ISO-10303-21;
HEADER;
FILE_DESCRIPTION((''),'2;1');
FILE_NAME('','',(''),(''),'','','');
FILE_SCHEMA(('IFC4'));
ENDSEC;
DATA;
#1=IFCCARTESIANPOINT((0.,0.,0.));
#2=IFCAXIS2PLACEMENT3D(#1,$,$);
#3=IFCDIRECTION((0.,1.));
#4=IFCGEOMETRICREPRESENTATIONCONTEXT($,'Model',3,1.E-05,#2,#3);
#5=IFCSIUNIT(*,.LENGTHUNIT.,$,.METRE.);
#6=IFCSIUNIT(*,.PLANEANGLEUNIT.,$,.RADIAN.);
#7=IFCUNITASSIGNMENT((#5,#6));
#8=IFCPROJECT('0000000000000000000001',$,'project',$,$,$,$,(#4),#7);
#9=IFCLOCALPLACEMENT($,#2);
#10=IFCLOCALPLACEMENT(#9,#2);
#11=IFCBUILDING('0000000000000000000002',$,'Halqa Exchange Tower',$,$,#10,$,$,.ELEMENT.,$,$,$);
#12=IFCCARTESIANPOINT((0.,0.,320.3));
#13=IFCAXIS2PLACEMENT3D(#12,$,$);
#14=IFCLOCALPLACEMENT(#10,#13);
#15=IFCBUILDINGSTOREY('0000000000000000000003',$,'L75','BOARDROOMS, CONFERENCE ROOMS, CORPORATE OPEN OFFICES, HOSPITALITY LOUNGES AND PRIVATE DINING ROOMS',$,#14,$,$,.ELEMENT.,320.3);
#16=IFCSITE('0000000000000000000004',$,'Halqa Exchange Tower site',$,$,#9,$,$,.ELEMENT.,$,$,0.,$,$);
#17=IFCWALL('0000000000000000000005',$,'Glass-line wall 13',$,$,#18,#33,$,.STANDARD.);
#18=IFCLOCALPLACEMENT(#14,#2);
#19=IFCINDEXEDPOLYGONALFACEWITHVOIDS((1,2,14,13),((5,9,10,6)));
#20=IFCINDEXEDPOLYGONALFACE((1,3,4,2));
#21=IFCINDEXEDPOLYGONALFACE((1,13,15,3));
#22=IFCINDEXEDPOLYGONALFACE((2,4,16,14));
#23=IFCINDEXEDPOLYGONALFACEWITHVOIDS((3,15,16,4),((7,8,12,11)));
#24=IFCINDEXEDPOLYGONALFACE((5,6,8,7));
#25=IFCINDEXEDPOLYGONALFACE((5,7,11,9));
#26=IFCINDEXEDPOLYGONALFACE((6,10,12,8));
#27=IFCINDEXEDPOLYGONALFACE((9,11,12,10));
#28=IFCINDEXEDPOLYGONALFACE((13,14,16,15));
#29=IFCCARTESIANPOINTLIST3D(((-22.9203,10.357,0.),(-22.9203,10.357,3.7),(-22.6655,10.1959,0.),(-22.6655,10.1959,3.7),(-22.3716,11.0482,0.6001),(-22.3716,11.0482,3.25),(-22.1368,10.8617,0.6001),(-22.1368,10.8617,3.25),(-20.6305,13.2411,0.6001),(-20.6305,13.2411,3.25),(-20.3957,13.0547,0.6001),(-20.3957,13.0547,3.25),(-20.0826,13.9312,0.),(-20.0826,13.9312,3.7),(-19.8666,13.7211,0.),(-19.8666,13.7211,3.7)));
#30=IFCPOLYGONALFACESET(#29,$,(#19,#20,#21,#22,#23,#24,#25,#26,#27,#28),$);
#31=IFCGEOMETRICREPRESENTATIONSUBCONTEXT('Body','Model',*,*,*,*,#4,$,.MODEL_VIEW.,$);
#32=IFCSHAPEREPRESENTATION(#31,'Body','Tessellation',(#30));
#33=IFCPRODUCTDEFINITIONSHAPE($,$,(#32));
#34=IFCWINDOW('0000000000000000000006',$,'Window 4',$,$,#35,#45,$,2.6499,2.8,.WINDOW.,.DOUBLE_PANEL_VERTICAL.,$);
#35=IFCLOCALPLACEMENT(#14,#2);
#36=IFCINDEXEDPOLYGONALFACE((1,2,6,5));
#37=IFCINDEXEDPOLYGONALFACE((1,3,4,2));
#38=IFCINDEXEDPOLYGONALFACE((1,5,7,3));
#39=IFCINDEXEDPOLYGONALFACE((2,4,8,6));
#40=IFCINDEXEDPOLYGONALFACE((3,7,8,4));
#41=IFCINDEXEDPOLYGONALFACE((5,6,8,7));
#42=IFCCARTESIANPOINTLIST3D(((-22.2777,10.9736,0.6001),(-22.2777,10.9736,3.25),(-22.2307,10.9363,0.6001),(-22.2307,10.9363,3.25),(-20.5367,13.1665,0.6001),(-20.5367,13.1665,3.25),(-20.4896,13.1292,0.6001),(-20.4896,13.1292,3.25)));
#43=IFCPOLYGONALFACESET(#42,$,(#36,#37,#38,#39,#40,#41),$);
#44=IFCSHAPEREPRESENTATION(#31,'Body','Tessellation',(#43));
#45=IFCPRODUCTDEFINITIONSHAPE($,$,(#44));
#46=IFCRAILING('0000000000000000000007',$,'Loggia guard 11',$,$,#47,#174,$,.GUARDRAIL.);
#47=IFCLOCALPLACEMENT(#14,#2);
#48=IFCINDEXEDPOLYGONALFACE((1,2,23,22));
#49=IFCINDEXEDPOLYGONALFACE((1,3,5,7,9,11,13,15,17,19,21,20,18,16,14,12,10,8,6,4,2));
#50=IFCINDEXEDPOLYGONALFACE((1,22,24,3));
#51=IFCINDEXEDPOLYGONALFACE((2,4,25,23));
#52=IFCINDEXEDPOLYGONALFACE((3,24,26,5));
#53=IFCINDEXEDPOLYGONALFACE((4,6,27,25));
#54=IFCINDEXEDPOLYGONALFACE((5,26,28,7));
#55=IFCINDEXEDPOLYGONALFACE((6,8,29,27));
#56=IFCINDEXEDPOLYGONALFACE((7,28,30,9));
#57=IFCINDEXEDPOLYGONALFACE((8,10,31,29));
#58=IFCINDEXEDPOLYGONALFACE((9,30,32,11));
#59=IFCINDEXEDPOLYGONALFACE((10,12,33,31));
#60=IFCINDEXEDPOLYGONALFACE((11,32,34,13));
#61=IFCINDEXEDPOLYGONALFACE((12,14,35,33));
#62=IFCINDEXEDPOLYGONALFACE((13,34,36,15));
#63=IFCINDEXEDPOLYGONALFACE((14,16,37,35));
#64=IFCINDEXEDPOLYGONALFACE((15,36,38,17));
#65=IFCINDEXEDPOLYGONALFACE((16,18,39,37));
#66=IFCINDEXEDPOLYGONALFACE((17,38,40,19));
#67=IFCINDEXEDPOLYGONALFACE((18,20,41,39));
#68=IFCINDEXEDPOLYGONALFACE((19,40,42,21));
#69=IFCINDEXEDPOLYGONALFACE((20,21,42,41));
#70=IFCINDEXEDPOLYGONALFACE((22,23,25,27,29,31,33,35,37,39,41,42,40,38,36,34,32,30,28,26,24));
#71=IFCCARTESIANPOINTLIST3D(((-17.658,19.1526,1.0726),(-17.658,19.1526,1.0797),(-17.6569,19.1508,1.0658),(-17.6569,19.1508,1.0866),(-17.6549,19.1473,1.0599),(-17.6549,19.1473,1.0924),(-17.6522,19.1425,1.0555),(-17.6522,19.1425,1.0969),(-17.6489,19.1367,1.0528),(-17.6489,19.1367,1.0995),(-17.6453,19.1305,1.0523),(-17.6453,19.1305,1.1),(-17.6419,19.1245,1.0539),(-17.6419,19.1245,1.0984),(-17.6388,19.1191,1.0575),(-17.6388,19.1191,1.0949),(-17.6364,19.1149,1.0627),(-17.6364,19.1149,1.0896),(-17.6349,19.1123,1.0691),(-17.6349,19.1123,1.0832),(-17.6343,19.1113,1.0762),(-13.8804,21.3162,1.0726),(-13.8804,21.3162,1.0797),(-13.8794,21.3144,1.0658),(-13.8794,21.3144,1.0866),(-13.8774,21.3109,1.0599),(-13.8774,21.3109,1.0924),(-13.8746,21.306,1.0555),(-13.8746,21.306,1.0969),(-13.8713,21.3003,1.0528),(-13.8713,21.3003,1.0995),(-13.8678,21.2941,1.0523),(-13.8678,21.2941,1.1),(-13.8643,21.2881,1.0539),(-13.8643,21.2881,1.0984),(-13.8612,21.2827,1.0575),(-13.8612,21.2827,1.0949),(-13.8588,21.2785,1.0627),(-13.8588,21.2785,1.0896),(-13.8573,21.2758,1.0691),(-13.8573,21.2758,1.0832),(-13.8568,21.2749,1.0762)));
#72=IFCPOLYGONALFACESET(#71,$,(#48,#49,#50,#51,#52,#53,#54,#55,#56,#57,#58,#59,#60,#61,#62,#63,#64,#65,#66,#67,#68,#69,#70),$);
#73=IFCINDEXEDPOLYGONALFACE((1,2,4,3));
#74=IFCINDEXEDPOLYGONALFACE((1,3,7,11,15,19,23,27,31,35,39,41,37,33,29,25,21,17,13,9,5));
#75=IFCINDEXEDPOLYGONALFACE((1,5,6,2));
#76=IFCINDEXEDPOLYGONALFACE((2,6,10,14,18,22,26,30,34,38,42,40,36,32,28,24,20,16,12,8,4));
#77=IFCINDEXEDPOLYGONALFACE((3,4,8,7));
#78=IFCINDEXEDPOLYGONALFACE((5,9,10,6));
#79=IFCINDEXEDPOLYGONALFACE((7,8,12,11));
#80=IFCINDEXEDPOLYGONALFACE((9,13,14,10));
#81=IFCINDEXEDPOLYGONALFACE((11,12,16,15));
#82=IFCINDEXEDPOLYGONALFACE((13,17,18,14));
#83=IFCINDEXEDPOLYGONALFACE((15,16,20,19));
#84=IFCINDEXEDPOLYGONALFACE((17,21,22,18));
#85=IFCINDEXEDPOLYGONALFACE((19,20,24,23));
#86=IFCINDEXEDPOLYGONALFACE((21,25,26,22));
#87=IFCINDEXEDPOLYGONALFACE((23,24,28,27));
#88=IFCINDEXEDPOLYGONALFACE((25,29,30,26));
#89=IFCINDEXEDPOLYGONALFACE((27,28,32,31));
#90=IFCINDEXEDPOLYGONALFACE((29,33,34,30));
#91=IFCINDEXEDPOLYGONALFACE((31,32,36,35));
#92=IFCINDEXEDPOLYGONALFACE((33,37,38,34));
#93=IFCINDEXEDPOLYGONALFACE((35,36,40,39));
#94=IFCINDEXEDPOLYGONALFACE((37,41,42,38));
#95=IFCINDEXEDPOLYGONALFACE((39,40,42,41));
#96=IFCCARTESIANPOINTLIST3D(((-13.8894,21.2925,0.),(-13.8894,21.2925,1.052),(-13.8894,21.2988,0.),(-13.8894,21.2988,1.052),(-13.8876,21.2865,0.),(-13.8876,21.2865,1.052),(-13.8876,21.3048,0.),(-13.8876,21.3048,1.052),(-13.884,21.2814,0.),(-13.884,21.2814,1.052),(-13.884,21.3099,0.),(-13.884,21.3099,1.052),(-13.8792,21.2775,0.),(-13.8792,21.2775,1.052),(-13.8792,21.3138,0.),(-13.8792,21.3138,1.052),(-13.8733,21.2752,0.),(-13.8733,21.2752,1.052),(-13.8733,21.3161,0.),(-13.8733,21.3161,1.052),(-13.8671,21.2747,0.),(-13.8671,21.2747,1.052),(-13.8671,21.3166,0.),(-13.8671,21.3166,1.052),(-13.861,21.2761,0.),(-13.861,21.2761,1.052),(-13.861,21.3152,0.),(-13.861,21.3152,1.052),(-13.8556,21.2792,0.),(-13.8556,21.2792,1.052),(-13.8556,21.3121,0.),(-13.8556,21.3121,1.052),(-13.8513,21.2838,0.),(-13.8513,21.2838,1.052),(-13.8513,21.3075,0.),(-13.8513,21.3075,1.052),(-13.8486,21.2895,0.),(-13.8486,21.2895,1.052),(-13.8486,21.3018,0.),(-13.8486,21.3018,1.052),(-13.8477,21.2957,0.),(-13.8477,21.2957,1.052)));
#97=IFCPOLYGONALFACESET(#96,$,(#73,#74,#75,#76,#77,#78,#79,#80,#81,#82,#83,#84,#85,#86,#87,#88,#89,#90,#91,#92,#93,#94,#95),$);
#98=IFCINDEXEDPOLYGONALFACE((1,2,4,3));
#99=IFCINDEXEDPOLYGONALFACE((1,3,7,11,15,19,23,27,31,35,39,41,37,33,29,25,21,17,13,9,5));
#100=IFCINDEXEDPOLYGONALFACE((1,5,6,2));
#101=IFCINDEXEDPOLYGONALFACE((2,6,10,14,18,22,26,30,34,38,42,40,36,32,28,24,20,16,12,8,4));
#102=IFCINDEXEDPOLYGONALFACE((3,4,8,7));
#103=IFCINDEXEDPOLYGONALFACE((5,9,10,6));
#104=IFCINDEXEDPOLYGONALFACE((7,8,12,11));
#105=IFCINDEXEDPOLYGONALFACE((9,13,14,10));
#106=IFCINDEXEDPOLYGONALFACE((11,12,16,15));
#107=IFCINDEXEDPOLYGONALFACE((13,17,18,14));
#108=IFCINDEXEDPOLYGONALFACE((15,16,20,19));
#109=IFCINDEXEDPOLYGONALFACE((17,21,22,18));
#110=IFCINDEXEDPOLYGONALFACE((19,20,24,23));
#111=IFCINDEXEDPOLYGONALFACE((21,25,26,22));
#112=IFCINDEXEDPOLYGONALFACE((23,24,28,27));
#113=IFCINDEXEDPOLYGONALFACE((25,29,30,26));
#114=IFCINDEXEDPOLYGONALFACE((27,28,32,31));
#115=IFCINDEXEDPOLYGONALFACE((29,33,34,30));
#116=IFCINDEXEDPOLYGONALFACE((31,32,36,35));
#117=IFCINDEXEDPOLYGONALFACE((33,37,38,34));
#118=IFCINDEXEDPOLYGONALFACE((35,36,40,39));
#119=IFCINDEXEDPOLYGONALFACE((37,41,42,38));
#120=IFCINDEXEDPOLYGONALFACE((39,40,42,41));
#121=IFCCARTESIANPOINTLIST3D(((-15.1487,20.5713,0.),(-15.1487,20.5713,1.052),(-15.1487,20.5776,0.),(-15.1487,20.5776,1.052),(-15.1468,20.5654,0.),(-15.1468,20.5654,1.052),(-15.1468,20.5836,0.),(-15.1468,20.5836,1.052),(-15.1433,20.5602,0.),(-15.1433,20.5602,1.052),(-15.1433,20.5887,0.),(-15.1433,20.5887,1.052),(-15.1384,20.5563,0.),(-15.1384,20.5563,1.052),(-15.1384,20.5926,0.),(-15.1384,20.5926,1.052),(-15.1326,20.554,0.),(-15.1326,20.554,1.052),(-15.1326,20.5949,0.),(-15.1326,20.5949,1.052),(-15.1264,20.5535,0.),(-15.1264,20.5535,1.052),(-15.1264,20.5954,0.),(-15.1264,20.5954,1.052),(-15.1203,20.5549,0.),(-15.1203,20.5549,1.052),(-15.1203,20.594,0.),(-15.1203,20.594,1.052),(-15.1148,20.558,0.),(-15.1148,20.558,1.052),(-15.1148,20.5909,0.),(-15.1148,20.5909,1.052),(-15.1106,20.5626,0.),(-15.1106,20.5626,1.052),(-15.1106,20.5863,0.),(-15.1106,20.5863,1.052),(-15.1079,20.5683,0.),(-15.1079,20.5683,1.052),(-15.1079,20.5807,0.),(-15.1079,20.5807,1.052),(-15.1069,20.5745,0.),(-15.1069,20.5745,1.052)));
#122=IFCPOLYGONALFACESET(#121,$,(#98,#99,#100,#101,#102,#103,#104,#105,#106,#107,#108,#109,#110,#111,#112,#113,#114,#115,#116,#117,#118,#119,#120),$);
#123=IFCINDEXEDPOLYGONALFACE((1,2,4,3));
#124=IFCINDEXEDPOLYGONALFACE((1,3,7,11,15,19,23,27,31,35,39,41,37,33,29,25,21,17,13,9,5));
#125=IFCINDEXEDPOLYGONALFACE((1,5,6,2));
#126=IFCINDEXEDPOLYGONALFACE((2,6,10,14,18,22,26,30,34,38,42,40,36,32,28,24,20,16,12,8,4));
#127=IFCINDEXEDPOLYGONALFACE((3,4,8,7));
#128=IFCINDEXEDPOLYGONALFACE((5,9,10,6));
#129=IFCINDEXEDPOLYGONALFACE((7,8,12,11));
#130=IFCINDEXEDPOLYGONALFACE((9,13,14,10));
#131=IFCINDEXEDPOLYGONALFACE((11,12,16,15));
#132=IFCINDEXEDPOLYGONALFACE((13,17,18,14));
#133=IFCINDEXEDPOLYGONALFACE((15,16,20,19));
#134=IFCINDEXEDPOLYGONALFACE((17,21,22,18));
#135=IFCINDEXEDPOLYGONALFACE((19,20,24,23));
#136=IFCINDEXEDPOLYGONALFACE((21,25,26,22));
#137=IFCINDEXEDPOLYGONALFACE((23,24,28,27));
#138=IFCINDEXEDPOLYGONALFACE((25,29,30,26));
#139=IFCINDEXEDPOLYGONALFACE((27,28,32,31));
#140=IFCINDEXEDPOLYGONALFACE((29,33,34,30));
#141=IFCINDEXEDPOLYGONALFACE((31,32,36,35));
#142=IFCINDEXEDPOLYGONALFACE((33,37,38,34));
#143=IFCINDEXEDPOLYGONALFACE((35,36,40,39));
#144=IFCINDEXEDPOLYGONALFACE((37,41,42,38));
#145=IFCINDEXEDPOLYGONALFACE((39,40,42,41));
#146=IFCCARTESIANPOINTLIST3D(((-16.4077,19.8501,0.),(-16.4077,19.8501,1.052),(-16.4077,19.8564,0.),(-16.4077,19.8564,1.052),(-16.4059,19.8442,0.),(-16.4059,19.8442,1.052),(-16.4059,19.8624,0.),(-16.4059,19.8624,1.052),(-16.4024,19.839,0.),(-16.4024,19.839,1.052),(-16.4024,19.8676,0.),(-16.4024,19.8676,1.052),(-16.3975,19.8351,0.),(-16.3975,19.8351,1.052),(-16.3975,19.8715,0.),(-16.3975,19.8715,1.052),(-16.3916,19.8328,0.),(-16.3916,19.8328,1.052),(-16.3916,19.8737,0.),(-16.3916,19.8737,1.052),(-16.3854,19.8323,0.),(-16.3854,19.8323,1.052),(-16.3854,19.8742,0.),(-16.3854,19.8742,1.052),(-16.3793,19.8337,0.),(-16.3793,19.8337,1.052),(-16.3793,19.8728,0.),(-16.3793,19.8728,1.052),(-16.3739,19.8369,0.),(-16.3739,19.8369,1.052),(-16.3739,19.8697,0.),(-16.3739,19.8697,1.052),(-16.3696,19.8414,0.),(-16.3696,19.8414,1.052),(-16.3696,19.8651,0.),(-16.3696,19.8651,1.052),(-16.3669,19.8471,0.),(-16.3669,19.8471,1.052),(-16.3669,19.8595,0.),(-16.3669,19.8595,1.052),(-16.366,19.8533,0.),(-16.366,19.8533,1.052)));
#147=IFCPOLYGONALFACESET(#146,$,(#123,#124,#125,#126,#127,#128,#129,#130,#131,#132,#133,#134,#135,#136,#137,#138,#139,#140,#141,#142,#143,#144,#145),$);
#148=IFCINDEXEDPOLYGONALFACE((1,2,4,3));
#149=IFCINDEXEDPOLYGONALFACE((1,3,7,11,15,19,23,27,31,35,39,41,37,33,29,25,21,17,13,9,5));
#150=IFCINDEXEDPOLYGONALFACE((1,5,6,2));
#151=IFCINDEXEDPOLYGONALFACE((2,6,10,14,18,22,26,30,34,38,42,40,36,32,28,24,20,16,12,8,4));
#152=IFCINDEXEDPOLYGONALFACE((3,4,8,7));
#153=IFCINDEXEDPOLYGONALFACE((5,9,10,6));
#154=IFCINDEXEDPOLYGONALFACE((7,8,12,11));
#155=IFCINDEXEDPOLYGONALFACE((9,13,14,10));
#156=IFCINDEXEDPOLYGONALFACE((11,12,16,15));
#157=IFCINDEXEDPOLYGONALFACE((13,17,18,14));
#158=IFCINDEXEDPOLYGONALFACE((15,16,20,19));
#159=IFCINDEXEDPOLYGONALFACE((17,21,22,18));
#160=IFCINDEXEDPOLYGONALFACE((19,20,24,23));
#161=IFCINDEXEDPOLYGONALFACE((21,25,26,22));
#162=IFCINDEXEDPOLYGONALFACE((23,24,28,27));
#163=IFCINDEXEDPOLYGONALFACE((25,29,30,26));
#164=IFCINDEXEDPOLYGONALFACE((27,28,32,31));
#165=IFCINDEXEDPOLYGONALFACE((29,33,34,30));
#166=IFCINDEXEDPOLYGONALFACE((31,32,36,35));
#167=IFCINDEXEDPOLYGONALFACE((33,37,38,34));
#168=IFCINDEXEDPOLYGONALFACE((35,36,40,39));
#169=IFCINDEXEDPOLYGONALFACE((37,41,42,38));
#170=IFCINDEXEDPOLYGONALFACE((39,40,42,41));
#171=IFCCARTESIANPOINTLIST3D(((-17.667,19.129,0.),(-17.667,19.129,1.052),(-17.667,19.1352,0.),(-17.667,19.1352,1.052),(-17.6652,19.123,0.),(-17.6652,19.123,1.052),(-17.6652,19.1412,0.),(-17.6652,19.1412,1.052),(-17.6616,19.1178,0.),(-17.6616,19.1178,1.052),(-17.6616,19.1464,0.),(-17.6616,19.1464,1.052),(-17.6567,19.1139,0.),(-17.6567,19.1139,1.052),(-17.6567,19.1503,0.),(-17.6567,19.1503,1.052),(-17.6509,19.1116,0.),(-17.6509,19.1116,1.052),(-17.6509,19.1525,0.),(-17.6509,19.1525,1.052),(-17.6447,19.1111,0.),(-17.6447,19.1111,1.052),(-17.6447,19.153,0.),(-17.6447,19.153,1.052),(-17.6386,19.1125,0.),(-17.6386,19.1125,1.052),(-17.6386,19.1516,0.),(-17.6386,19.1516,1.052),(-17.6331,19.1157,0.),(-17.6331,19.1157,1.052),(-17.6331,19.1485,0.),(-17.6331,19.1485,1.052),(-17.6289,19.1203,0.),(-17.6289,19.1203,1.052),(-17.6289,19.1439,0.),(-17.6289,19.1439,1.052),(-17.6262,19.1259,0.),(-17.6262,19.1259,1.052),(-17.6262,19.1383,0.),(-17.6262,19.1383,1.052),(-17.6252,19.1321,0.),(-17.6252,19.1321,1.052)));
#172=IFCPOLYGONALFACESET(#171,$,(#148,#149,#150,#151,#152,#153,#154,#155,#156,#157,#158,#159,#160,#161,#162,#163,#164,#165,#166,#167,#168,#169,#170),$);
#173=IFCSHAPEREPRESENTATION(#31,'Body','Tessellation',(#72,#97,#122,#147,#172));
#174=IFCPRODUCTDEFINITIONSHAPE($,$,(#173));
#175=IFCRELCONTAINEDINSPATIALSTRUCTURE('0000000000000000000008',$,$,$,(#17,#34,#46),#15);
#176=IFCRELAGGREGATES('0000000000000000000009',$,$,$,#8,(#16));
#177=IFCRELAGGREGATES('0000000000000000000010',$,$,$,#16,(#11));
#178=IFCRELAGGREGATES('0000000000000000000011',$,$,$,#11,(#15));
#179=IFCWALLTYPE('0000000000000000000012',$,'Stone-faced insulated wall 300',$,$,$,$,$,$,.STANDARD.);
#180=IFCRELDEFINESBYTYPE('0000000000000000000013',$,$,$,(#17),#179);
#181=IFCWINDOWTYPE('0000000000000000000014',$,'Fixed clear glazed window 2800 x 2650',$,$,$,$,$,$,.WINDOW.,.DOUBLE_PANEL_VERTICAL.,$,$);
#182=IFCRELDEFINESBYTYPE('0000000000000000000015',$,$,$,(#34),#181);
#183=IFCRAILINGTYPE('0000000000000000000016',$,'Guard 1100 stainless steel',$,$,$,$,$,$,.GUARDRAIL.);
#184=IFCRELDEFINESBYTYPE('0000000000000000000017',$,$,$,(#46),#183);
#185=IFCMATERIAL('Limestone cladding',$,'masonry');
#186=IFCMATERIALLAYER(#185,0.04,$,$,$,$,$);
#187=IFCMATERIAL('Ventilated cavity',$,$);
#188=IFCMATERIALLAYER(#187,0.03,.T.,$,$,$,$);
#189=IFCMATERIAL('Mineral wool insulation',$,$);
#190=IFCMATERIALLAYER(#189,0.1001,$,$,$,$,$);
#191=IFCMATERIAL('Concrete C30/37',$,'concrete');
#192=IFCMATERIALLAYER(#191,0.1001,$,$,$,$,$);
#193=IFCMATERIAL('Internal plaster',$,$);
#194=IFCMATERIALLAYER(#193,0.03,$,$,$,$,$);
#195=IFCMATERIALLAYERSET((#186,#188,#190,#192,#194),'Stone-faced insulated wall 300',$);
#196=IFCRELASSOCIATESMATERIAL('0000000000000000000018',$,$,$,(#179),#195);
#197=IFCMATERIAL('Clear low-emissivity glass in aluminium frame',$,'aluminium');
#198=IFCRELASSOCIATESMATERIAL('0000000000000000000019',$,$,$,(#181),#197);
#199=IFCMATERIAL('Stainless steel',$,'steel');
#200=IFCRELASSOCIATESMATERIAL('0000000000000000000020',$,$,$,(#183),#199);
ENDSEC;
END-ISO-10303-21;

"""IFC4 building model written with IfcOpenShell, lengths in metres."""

from ifc_helpers import new_model, si_unit, direction, frame, frame_2d, origin, origin_2d, place, context, subcontext, project, spatial, polyline, rectangle, circle, outline, extrude, material, layer, layer_set, type_object, element, fill, save


model = new_model("IFC4")

# Units and contexts
model_context = context("Model", 3, precision=1e-05, world=origin(), true_north=direction((0.0, 1.0)))
body_context = subcontext(model_context, "Body", "Model", "MODEL_VIEW")
ifc_project = project(units=[si_unit("LENGTHUNIT", "METRE"), si_unit("PLANEANGLEUNIT", "RADIAN")], contexts=[model_context])

# Site, building, storey
site_placement = place(None, origin())
site = spatial("IfcSite", under=ifc_project, at=site_placement, Name="Halqa Exchange Tower site", CompositionType="ELEMENT", RefElevation=0.0)
building_placement = place(site_placement, origin())
building = spatial("IfcBuilding", under=site, at=building_placement, Name="Halqa Exchange Tower", CompositionType="ELEMENT")
storey_placement = place(building_placement, frame((0.0, 0.0, 320.3)))
storey = spatial("IfcBuildingStorey", under=building, at=storey_placement, Name="L75", Description="BOARDROOMS, CONFERENCE ROOMS, CORPORATE OPEN OFFICES, HOSPITALITY LOUNGES AND PRIVATE DINING ROOMS", CompositionType="ELEMENT", Elevation=320.3)

# Shared definitions
ifc_material_1 = material(Name="Limestone cladding", Category="masonry")
ifc_layer_1 = layer(ifc_material_1, 0.04)
ifc_material_2 = material(Name="Ventilated cavity")
ifc_layer_2 = layer(ifc_material_2, 0.03, ventilated=True)
ifc_material_3 = material(Name="Mineral wool insulation")
ifc_layer_3 = layer(ifc_material_3, 0.1001)
ifc_material_4 = material(Name="Concrete C30/37", Category="concrete")
ifc_layer_4 = layer(ifc_material_4, 0.1001)
ifc_material_5 = material(Name="Internal plaster")
ifc_layer_5 = layer(ifc_material_5, 0.03)
ifc_layer_set_1 = layer_set([ifc_layer_1, ifc_layer_2, ifc_layer_3, ifc_layer_4, ifc_layer_5], Name="Stone-faced insulated wall 300")
wall_type_1 = type_object("IfcWallType", Name="Stone-faced insulated wall 300", PredefinedType="STANDARD", material=ifc_layer_set_1)
ifc_material_6 = material(Name="Clear low-emissivity glass in aluminium frame", Category="aluminium")
window_type = type_object("IfcWindowType", Name="Fixed clear glazed window 2800 x 2650", PartitioningType="DOUBLE_PANEL_VERTICAL", PredefinedType="WINDOW", material=ifc_material_6)

# Wall, opening, window
wall_1_placement = place(storey_placement, frame((-19.9746, 13.8262, 0.0), z_axis=(0.0, 0.0, 1.0), x_axis=(-0.621801, -0.783176, 0.0)))
wall_1 = element("IfcWall", 1, at=wall_1_placement, inside=storey, type_object=wall_type_1, Name="Glass-line wall 13", PredefinedType="STANDARD", context=body_context, shape_type="SweptSolid", body=[
    extrude(outline(polyline([(-0.0151, -0.1499), (4.5486, -0.1499), (4.5164, 0.1499), (0.0151, 0.1499), (-0.0151, -0.1499)])), origin(), (0.0, 0.0, 1.0), 3.7),
])
opening_1_placement = place(wall_1_placement, frame((0.8662, 0.0, 0.6001)))
opening_1 = element("IfcOpeningElement", 2, at=opening_1_placement, cuts=wall_1, PredefinedType="OPENING", context=body_context, shape_type="SweptSolid", body=[
    extrude(rectangle(XDim=2.8, YDim=2.6499, at=frame_2d((1.3999, 1.325))), frame((0.0, 0.1621, 0.0), z_axis=(0.0, -1.0, 0.0), x_axis=(1.0, 0.0, 0.0)), (0.0, 0.0, 1.0), 0.324),
])
window_1_placement = place(opening_1_placement, origin())
window_1 = element("IfcWindow", 3, at=window_1_placement, inside=storey, type_object=window_type, Name="Window 4", OverallHeight=2.6499, OverallWidth=2.8, PartitioningType="DOUBLE_PANEL_VERTICAL", PredefinedType="WINDOW", context=body_context, shape_type="SweptSolid", body=[
    extrude(rectangle(XDim=2.8, YDim=2.6499, at=frame_2d((1.3999, 1.325))), frame((0.0, 0.03, 0.0), z_axis=(0.0, -1.0, 0.0), x_axis=(1.0, 0.0, 0.0)), (0.0, 0.0, 1.0), 0.0601),
])
fill(opening_1, window_1)

# Railing
ifc_material_7 = material(Name="Stainless steel", Category="steel")
railing_type = type_object("IfcRailingType", Name="Guard 1100 stainless steel", PredefinedType="GUARDRAIL", material=ifc_material_7)
railing_1_placement = place(storey_placement, frame((-13.8687, 21.2957, 0.0)))
element("IfcRailing", 4, at=railing_1_placement, inside=storey, type_object=railing_type, Name="Loggia guard 11", PredefinedType="GUARDRAIL", context=body_context, shape_type="SweptSolid", body=[
    extrude(circle(Radius=0.0239, at=origin_2d()), frame((0.0, 0.0, 1.0762), z_axis=(-0.867753, -0.496996, 0.0), x_axis=(0.496996, -0.867753, 0.0)), (0.0, 0.0, 1.0), 4.3533),
    extrude(circle(Radius=0.021, at=origin_2d()), origin(), (0.0, 0.0, 1.0), 1.052),
    extrude(circle(Radius=0.021, at=origin_2d()), frame((-1.2593, -0.7212, 0.0)), (0.0, 0.0, 1.0), 1.052),
    extrude(circle(Radius=0.021, at=origin_2d()), frame((-2.5183, -1.4424, 0.0)), (0.0, 0.0, 1.0), 1.052),
    extrude(circle(Radius=0.021, at=origin_2d()), frame((-3.7776, -2.1636, 0.0)), (0.0, 0.0, 1.0), 1.052),
])

save(model, "model.ifc")
